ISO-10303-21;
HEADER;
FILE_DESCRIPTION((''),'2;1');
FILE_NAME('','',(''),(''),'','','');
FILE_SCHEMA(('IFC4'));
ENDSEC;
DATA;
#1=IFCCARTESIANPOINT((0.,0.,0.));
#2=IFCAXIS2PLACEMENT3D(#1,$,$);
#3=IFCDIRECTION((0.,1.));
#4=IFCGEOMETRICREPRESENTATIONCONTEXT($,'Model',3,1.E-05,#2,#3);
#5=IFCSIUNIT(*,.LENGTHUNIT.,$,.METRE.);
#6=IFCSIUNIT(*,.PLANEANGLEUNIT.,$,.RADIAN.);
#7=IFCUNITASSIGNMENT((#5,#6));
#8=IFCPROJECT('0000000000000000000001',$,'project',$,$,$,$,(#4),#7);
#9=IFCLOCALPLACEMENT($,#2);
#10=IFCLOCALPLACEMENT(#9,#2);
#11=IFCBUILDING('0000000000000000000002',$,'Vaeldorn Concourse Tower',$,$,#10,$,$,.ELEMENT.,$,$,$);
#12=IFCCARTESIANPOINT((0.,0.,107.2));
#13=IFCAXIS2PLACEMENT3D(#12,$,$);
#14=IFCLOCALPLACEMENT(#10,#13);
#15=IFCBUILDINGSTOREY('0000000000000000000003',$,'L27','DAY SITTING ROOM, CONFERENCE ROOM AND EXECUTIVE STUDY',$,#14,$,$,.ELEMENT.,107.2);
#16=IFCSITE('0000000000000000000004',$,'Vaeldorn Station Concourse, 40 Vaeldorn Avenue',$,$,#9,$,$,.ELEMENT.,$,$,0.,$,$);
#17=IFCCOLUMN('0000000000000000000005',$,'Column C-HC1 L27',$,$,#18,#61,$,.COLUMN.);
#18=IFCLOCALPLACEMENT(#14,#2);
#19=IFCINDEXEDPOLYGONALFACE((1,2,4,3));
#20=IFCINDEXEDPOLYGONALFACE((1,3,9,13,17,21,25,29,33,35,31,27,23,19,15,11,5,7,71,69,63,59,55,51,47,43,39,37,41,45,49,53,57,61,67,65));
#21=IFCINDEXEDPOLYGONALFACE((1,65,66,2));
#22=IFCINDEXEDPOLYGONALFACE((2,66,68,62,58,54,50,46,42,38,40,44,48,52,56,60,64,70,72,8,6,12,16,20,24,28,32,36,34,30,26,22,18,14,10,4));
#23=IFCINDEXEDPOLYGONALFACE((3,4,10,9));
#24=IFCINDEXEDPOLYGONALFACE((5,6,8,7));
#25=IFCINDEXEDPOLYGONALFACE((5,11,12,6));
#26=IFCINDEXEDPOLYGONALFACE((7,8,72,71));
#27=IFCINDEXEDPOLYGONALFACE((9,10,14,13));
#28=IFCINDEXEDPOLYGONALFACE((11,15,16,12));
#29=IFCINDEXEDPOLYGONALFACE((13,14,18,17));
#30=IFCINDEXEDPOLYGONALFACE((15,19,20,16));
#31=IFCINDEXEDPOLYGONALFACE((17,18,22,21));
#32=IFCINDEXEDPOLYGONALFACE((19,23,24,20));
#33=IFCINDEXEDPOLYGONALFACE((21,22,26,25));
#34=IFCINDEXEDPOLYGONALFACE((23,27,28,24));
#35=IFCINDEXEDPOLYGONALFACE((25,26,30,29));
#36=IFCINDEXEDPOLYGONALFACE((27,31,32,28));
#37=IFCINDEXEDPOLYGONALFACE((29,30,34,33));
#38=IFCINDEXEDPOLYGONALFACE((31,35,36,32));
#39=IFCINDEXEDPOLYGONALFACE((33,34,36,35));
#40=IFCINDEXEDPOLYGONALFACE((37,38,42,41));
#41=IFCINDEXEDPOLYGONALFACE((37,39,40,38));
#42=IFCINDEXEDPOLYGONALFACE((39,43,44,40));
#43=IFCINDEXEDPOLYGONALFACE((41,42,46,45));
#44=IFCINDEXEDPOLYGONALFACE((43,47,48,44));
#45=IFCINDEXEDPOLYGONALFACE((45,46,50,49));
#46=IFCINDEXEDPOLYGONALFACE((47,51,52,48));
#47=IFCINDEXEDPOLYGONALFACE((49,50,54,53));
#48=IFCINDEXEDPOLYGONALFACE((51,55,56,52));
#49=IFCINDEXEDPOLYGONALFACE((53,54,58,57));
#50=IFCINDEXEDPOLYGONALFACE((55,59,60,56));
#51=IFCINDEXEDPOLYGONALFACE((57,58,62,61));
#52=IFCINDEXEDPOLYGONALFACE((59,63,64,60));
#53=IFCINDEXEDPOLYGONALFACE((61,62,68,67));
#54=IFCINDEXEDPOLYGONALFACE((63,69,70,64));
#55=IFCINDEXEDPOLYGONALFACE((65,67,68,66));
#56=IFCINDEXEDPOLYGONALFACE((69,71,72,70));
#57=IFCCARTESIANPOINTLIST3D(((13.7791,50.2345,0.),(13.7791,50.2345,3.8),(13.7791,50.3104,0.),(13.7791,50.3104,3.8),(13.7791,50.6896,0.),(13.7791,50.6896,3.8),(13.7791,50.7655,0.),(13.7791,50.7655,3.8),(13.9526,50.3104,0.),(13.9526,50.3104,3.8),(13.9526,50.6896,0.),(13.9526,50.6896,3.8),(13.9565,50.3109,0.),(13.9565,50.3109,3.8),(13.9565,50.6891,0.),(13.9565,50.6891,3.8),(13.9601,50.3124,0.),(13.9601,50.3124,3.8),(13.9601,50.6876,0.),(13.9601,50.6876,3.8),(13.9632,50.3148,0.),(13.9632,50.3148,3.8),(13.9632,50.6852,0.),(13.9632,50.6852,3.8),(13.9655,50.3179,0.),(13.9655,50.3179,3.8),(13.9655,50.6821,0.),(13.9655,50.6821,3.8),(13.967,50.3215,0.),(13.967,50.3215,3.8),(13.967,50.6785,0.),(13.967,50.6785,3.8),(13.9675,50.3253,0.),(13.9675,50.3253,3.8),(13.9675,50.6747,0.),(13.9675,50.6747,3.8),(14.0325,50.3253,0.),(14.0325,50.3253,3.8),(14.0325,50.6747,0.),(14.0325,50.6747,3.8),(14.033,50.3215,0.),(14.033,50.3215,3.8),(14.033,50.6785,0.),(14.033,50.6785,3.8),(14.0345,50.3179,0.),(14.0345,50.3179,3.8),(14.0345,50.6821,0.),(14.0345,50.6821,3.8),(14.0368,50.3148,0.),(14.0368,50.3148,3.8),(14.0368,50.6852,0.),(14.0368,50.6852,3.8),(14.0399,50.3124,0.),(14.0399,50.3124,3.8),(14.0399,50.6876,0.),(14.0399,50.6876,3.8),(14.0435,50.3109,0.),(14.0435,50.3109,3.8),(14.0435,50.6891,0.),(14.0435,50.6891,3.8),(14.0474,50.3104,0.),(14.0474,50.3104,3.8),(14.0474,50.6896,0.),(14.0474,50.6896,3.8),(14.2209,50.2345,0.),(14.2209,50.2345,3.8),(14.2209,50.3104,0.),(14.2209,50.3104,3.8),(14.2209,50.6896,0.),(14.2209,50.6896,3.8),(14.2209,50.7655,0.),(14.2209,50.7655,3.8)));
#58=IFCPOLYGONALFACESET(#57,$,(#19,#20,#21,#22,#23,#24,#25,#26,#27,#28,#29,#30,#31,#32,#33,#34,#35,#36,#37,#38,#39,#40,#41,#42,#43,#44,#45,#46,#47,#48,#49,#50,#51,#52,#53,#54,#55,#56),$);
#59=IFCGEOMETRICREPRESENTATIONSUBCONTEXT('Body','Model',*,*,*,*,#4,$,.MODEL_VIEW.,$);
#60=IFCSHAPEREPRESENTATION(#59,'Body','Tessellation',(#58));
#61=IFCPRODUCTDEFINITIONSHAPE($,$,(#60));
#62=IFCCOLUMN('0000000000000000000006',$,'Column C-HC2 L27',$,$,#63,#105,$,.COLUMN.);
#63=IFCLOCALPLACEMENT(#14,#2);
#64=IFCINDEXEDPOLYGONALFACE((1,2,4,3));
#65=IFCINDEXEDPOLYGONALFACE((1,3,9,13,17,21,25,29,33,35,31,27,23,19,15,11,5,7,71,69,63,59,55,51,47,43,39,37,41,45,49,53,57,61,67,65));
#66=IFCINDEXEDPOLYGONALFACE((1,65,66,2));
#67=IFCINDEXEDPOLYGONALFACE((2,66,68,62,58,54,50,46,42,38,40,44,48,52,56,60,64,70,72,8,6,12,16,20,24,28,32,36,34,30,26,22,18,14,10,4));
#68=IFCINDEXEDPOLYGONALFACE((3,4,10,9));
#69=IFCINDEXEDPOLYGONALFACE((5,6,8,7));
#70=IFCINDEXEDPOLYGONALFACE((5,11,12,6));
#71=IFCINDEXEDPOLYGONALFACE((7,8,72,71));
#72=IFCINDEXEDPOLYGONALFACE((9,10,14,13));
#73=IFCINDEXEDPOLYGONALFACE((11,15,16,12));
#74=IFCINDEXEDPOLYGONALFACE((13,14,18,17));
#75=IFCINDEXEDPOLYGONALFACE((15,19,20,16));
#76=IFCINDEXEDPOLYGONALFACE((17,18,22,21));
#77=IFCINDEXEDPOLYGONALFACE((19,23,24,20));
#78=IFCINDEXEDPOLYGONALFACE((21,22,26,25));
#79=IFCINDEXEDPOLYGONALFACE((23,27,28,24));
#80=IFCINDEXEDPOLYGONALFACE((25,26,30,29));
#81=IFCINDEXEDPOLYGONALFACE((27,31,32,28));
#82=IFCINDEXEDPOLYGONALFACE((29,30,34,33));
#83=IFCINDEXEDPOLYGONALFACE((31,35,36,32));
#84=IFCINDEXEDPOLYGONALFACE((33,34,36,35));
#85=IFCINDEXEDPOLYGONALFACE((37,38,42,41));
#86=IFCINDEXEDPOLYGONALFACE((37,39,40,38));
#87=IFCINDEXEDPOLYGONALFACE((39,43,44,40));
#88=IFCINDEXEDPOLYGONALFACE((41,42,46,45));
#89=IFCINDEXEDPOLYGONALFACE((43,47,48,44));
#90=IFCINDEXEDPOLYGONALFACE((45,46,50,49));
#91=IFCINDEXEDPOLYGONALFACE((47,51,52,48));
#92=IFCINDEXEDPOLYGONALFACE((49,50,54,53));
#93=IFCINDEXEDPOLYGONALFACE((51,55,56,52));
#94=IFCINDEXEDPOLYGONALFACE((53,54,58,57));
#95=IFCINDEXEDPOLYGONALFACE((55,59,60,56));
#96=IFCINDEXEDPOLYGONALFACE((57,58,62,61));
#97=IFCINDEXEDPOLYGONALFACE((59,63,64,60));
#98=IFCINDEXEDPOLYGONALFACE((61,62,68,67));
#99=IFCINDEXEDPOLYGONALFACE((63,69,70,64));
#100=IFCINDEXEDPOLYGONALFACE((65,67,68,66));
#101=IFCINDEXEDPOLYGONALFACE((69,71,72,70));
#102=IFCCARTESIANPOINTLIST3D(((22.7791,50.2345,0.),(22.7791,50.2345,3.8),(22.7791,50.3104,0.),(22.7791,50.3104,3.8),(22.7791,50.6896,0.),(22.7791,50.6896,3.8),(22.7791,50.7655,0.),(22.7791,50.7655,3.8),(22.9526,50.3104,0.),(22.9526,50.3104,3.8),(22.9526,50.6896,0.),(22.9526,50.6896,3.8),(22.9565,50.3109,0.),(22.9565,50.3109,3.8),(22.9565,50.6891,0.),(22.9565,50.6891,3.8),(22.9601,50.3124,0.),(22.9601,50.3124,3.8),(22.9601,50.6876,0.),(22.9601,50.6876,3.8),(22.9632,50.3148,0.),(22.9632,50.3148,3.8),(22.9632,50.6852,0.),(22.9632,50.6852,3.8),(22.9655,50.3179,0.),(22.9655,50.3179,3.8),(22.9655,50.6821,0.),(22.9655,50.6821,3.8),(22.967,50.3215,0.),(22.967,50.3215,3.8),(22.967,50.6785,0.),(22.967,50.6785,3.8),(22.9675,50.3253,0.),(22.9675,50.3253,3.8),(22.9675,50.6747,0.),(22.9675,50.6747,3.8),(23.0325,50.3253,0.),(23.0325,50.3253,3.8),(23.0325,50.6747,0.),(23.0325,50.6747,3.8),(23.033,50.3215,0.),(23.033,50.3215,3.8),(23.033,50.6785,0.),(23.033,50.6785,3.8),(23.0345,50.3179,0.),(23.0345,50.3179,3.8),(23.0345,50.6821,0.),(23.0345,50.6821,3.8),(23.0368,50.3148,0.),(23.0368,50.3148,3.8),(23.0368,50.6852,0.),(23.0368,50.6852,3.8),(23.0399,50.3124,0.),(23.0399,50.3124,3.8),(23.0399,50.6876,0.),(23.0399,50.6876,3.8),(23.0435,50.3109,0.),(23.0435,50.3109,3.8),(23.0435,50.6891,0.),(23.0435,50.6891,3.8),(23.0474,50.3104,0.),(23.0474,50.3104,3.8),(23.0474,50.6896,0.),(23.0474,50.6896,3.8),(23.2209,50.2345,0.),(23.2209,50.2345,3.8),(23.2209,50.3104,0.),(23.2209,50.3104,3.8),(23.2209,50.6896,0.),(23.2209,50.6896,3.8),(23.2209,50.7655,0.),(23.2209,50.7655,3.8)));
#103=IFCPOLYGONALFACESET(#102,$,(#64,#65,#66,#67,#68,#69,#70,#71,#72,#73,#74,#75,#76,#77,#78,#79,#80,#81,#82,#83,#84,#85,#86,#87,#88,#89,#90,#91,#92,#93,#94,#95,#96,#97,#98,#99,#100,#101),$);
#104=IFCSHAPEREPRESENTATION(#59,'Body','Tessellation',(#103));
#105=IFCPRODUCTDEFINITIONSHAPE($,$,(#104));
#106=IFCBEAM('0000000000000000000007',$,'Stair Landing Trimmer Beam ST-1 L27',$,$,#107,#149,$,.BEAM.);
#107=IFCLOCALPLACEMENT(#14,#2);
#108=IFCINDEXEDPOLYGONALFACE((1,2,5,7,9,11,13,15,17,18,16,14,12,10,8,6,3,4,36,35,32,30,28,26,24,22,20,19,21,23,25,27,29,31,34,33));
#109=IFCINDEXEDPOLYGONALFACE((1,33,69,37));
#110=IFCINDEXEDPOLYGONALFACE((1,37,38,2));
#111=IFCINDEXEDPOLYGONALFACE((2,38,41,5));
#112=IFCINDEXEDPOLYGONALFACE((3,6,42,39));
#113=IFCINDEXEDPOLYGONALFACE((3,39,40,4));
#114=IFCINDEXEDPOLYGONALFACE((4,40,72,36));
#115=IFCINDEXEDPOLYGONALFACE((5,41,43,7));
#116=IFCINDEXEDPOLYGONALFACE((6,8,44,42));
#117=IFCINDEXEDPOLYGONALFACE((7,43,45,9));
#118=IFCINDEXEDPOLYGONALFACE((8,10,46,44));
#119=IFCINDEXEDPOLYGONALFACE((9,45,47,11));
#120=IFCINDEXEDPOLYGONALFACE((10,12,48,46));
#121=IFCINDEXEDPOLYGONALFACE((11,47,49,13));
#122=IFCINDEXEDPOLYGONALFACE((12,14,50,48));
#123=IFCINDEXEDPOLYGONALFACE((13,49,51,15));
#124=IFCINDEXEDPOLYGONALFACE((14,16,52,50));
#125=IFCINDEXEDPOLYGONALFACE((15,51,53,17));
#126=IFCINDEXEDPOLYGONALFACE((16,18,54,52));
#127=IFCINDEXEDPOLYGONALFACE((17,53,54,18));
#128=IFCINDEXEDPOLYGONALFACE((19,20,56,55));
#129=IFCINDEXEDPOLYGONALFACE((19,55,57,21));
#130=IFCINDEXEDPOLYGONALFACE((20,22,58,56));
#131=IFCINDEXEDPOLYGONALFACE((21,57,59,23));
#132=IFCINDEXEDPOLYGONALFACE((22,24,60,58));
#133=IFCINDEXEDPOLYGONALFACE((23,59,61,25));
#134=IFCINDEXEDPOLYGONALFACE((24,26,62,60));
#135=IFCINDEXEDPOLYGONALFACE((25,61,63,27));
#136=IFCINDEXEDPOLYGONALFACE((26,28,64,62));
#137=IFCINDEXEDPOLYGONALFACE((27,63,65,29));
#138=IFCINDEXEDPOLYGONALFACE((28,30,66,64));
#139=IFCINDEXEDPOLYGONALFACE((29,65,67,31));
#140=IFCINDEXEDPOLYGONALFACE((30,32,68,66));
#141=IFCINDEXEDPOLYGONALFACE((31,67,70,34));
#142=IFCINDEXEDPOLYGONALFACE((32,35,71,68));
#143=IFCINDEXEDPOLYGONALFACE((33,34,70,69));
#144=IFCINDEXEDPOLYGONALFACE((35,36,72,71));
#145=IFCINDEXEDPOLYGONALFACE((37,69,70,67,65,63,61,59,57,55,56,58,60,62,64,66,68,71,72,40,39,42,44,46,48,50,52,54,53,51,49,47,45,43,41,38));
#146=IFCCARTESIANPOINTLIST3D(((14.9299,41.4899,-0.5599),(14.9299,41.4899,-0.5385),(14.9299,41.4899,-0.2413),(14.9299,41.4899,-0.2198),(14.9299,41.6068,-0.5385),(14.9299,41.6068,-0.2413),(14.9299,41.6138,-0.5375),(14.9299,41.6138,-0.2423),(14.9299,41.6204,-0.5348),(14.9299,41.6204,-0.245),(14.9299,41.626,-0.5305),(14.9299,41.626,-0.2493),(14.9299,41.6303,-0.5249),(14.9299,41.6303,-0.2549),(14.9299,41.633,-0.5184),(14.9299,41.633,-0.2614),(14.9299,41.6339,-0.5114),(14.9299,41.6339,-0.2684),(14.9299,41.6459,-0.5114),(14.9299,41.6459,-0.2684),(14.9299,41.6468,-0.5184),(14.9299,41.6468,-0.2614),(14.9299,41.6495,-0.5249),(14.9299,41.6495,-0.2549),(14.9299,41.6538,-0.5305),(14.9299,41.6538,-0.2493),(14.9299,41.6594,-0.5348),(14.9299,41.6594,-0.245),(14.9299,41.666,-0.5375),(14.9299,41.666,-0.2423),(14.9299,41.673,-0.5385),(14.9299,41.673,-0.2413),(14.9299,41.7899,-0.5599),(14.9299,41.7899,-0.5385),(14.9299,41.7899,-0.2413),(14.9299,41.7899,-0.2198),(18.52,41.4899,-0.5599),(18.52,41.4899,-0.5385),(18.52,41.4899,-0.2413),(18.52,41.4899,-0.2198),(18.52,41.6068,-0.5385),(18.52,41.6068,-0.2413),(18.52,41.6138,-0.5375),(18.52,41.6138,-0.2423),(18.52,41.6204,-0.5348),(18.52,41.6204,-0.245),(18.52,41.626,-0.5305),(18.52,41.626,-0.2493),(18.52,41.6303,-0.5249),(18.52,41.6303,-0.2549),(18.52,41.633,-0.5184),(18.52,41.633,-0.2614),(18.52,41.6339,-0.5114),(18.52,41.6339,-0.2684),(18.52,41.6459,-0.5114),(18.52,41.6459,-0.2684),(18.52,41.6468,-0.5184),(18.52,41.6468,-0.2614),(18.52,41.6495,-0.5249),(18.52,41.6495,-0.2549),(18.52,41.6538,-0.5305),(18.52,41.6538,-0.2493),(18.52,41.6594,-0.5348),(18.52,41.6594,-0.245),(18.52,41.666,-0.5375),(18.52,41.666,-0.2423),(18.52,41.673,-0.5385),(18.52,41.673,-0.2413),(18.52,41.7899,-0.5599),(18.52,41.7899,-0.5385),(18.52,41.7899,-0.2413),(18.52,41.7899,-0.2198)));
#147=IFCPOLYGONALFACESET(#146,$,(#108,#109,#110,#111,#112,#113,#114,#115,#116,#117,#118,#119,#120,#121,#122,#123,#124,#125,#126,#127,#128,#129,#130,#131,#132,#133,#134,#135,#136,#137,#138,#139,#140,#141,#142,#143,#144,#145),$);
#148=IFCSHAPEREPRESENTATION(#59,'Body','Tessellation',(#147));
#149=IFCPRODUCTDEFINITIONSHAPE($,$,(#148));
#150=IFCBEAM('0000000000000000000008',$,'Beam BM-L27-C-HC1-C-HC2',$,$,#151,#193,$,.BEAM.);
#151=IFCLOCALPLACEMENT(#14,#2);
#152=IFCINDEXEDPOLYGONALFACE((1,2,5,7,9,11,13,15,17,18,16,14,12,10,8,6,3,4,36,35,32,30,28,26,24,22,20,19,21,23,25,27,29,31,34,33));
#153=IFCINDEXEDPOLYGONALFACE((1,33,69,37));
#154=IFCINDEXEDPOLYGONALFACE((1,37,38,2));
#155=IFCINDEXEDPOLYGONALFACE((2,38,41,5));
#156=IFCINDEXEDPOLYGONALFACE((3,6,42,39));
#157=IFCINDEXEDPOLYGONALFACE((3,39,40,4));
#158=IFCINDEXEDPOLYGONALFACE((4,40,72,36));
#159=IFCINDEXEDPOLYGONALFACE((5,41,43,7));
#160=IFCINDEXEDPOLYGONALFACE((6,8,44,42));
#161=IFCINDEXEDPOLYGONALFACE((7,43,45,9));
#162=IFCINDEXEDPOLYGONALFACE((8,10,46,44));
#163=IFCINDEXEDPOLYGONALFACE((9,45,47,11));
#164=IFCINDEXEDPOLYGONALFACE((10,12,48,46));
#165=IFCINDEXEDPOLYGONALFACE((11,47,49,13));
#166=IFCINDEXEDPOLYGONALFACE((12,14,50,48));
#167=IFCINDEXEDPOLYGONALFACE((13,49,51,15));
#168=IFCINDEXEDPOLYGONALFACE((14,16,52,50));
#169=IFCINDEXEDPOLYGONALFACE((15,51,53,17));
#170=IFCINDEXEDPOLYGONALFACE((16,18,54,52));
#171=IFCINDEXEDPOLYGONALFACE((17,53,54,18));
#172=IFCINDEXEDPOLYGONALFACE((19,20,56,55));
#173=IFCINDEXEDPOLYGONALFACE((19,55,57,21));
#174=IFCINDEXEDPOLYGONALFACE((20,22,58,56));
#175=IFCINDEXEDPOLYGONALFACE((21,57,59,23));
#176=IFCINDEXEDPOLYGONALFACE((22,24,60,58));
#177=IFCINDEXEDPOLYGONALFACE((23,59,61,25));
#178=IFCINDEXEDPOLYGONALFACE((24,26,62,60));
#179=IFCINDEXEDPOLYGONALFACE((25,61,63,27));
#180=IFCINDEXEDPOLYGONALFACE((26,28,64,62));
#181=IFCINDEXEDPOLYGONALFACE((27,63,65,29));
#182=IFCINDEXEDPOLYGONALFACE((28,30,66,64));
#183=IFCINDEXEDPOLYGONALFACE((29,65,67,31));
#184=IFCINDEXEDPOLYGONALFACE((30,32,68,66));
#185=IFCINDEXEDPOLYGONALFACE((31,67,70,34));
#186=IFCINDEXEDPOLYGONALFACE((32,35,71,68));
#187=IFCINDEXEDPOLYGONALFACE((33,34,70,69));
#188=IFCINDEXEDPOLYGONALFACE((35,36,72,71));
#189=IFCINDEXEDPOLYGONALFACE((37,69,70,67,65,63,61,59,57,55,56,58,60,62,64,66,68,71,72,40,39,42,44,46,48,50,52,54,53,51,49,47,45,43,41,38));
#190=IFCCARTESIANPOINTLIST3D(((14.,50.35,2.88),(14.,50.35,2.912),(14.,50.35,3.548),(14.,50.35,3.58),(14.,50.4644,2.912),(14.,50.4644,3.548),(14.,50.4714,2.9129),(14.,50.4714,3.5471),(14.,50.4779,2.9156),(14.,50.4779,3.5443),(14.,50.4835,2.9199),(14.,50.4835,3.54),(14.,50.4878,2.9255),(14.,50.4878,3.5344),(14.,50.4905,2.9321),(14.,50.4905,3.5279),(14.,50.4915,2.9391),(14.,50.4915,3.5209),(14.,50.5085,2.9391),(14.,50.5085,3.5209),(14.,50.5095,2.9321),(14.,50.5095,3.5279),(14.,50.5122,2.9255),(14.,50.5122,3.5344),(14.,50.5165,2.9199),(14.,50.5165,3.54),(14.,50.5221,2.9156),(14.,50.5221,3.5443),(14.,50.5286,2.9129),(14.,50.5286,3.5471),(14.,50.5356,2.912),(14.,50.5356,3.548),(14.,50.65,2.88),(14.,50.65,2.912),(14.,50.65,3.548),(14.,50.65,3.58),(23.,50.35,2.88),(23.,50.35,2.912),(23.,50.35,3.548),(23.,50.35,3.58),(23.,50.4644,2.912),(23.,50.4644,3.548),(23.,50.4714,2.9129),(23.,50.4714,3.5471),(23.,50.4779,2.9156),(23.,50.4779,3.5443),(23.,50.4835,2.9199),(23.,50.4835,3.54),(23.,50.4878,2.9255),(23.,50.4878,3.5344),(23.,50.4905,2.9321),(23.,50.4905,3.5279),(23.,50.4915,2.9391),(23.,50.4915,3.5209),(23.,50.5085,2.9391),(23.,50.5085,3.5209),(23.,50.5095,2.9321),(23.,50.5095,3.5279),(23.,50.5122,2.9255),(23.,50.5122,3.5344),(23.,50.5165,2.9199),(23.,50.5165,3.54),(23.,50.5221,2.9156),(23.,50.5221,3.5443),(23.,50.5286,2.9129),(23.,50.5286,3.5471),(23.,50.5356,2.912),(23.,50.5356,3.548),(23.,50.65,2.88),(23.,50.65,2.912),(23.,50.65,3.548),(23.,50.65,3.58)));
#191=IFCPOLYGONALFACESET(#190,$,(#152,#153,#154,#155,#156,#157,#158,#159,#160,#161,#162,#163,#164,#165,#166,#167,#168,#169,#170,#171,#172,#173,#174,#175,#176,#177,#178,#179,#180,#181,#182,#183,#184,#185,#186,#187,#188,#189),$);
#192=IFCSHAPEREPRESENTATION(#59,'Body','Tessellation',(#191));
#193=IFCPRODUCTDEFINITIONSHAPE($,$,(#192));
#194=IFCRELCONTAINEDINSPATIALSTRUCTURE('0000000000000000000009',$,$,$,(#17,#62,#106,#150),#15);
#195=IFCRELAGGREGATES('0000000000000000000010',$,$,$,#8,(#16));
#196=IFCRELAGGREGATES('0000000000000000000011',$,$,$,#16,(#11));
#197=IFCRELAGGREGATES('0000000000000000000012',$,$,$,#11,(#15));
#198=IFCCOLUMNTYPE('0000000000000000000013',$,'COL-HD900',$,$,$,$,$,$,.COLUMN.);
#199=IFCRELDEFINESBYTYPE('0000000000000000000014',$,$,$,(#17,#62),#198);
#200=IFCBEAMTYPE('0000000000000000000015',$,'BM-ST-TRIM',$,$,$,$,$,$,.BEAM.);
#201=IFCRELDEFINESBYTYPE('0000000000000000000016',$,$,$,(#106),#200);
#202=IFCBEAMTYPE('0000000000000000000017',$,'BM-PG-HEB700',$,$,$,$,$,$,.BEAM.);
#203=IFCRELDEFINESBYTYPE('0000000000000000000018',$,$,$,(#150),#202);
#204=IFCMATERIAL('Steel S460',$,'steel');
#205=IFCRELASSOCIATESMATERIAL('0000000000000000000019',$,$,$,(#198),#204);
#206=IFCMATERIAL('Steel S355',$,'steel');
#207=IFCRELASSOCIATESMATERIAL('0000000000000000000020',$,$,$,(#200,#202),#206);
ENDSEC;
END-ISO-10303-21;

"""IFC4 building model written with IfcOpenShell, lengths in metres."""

from ifc_helpers import new_model, si_unit, direction, frame, origin, origin_2d, place, context, subcontext, project, spatial, i_section, extrude, source, transform, mapped, material, material_profile, profile_set, type_object, element, save


model = new_model("IFC4")

# Units and contexts
model_context = context("Model", 3, precision=1e-05, world=origin(), true_north=direction((0.0, 1.0)))
body_context = subcontext(model_context, "Body", "Model", "MODEL_VIEW")
ifc_project = project(units=[si_unit("LENGTHUNIT", "METRE"), si_unit("PLANEANGLEUNIT", "RADIAN")], contexts=[model_context])

# Site, building, storey
site_placement = place(None, origin())
site = spatial("IfcSite", under=ifc_project, at=site_placement, Name="Vaeldorn Station Concourse, 40 Vaeldorn Avenue", CompositionType="ELEMENT", RefElevation=0.0)
building_placement = place(site_placement, origin())
building = spatial("IfcBuilding", under=site, at=building_placement, Name="Vaeldorn Concourse Tower", CompositionType="ELEMENT")
storey_placement = place(building_placement, frame((0.0, 0.0, 107.2)))
storey = spatial("IfcBuildingStorey", under=building, at=storey_placement, Name="L27", Description="DAY SITTING ROOM, CONFERENCE ROOM AND EXECUTIVE STUDY", CompositionType="ELEMENT", Elevation=107.2)

# Columns
ifc_material_1 = material(Name="Steel S460", Category="steel")
ifc_material_profile_1 = material_profile(ifc_material_1, i_section(OverallWidth=0.4419, OverallDepth=0.531, WebThickness=0.0649, FlangeThickness=0.0759, FilletRadius=0.0149, at=origin_2d()), Name="HD 400x900")
ifc_profile_set_1 = profile_set([ifc_material_profile_1], Name="Steel S460")
column_type = type_object("IfcColumnType", Name="COL-HD900", PredefinedType="COLUMN", material=ifc_profile_set_1)
shared_shape_1 = source(origin(), body_context, "Body", "SweptSolid", [
    extrude(i_section(OverallWidth=0.4419, OverallDepth=0.531, WebThickness=0.0649, FlangeThickness=0.0759, FilletRadius=0.0149, at=origin_2d()), origin(), (0.0, 0.0, 1.0), 3.8),
])
for number, where, z_axis, x_axis, name in (
    (1, (14.0, 50.5, 0.0), (0.0, 0.0, 1.0), (1.0, 0.0, 0.0), "Column C-HC1 L27"),
    (2, (23.0, 50.5, 0.0), (0.0, 0.0, 1.0), (1.0, 0.0, 0.0), "Column C-HC2 L27"),
):
    element("IfcColumn", number, at=place(storey_placement, frame(where, z_axis=z_axis, x_axis=x_axis)), inside=storey, type_object=column_type, Name=name, PredefinedType="COLUMN", context=body_context, shape_type="MappedRepresentation", body=[
        mapped(shared_shape_1, transform((0.0, 0.0, 0.0), scale=1.0)),
    ])

# Beams
ifc_material_2 = material(Name="Steel S355", Category="steel")
ifc_material_profile_2 = material_profile(ifc_material_2, i_section(OverallWidth=0.3, OverallDepth=0.3401, WebThickness=0.012, FlangeThickness=0.0215, FilletRadius=0.0271, at=origin_2d()), Name="HEB 340")
ifc_profile_set_2 = profile_set([ifc_material_profile_2], Name="Steel S355")
beam_type_1 = type_object("IfcBeamType", Name="BM-ST-TRIM", PredefinedType="BEAM", material=ifc_profile_set_2)
shared_shape_2 = source(origin(), body_context, "Body", "SweptSolid", [
    extrude(i_section(OverallWidth=0.3, OverallDepth=0.3401, WebThickness=0.012, FlangeThickness=0.0215, FilletRadius=0.0271, at=origin_2d()), origin(), (0.0, 0.0, 1.0), 3.5901),
])
beam_1_placement = place(storey_placement, frame((14.9299, 41.6399, -0.3899), z_axis=(1.0, 0.0, 0.0), x_axis=(0.0, 1.0, 0.0)))
element("IfcBeam", 3, at=beam_1_placement, inside=storey, type_object=beam_type_1, Name="Stair Landing Trimmer Beam ST-1 L27", PredefinedType="BEAM", context=body_context, shape_type="MappedRepresentation", body=[
    mapped(shared_shape_2, transform((0.0, 0.0, 0.0), scale=1.0)),
])
ifc_material_profile_3 = material_profile(ifc_material_2, i_section(OverallWidth=0.3, OverallDepth=0.7, WebThickness=0.0171, FlangeThickness=0.032, FilletRadius=0.0271, at=origin_2d()), Name="HEB 700")
ifc_profile_set_3 = profile_set([ifc_material_profile_3], Name="Steel S355")
beam_type_2 = type_object("IfcBeamType", Name="BM-PG-HEB700", PredefinedType="BEAM", material=ifc_profile_set_3)
shared_shape_3 = source(origin(), body_context, "Body", "SweptSolid", [
    extrude(i_section(OverallWidth=0.3, OverallDepth=0.7, WebThickness=0.0171, FlangeThickness=0.032, FilletRadius=0.0271, at=origin_2d()), origin(), (0.0, 0.0, 1.0), 9.0),
])
beam_2_placement = place(storey_placement, frame((14.0, 50.5, 3.23), z_axis=(1.0, 0.0, 0.0), x_axis=(0.0, 1.0, 0.0)))
element("IfcBeam", 4, at=beam_2_placement, inside=storey, type_object=beam_type_2, Name="Beam BM-L27-C-HC1-C-HC2", PredefinedType="BEAM", context=body_context, shape_type="MappedRepresentation", body=[
    mapped(shared_shape_3, transform((0.0, 0.0, 0.0), scale=1.0)),
])

save(model, "model.ifc")
